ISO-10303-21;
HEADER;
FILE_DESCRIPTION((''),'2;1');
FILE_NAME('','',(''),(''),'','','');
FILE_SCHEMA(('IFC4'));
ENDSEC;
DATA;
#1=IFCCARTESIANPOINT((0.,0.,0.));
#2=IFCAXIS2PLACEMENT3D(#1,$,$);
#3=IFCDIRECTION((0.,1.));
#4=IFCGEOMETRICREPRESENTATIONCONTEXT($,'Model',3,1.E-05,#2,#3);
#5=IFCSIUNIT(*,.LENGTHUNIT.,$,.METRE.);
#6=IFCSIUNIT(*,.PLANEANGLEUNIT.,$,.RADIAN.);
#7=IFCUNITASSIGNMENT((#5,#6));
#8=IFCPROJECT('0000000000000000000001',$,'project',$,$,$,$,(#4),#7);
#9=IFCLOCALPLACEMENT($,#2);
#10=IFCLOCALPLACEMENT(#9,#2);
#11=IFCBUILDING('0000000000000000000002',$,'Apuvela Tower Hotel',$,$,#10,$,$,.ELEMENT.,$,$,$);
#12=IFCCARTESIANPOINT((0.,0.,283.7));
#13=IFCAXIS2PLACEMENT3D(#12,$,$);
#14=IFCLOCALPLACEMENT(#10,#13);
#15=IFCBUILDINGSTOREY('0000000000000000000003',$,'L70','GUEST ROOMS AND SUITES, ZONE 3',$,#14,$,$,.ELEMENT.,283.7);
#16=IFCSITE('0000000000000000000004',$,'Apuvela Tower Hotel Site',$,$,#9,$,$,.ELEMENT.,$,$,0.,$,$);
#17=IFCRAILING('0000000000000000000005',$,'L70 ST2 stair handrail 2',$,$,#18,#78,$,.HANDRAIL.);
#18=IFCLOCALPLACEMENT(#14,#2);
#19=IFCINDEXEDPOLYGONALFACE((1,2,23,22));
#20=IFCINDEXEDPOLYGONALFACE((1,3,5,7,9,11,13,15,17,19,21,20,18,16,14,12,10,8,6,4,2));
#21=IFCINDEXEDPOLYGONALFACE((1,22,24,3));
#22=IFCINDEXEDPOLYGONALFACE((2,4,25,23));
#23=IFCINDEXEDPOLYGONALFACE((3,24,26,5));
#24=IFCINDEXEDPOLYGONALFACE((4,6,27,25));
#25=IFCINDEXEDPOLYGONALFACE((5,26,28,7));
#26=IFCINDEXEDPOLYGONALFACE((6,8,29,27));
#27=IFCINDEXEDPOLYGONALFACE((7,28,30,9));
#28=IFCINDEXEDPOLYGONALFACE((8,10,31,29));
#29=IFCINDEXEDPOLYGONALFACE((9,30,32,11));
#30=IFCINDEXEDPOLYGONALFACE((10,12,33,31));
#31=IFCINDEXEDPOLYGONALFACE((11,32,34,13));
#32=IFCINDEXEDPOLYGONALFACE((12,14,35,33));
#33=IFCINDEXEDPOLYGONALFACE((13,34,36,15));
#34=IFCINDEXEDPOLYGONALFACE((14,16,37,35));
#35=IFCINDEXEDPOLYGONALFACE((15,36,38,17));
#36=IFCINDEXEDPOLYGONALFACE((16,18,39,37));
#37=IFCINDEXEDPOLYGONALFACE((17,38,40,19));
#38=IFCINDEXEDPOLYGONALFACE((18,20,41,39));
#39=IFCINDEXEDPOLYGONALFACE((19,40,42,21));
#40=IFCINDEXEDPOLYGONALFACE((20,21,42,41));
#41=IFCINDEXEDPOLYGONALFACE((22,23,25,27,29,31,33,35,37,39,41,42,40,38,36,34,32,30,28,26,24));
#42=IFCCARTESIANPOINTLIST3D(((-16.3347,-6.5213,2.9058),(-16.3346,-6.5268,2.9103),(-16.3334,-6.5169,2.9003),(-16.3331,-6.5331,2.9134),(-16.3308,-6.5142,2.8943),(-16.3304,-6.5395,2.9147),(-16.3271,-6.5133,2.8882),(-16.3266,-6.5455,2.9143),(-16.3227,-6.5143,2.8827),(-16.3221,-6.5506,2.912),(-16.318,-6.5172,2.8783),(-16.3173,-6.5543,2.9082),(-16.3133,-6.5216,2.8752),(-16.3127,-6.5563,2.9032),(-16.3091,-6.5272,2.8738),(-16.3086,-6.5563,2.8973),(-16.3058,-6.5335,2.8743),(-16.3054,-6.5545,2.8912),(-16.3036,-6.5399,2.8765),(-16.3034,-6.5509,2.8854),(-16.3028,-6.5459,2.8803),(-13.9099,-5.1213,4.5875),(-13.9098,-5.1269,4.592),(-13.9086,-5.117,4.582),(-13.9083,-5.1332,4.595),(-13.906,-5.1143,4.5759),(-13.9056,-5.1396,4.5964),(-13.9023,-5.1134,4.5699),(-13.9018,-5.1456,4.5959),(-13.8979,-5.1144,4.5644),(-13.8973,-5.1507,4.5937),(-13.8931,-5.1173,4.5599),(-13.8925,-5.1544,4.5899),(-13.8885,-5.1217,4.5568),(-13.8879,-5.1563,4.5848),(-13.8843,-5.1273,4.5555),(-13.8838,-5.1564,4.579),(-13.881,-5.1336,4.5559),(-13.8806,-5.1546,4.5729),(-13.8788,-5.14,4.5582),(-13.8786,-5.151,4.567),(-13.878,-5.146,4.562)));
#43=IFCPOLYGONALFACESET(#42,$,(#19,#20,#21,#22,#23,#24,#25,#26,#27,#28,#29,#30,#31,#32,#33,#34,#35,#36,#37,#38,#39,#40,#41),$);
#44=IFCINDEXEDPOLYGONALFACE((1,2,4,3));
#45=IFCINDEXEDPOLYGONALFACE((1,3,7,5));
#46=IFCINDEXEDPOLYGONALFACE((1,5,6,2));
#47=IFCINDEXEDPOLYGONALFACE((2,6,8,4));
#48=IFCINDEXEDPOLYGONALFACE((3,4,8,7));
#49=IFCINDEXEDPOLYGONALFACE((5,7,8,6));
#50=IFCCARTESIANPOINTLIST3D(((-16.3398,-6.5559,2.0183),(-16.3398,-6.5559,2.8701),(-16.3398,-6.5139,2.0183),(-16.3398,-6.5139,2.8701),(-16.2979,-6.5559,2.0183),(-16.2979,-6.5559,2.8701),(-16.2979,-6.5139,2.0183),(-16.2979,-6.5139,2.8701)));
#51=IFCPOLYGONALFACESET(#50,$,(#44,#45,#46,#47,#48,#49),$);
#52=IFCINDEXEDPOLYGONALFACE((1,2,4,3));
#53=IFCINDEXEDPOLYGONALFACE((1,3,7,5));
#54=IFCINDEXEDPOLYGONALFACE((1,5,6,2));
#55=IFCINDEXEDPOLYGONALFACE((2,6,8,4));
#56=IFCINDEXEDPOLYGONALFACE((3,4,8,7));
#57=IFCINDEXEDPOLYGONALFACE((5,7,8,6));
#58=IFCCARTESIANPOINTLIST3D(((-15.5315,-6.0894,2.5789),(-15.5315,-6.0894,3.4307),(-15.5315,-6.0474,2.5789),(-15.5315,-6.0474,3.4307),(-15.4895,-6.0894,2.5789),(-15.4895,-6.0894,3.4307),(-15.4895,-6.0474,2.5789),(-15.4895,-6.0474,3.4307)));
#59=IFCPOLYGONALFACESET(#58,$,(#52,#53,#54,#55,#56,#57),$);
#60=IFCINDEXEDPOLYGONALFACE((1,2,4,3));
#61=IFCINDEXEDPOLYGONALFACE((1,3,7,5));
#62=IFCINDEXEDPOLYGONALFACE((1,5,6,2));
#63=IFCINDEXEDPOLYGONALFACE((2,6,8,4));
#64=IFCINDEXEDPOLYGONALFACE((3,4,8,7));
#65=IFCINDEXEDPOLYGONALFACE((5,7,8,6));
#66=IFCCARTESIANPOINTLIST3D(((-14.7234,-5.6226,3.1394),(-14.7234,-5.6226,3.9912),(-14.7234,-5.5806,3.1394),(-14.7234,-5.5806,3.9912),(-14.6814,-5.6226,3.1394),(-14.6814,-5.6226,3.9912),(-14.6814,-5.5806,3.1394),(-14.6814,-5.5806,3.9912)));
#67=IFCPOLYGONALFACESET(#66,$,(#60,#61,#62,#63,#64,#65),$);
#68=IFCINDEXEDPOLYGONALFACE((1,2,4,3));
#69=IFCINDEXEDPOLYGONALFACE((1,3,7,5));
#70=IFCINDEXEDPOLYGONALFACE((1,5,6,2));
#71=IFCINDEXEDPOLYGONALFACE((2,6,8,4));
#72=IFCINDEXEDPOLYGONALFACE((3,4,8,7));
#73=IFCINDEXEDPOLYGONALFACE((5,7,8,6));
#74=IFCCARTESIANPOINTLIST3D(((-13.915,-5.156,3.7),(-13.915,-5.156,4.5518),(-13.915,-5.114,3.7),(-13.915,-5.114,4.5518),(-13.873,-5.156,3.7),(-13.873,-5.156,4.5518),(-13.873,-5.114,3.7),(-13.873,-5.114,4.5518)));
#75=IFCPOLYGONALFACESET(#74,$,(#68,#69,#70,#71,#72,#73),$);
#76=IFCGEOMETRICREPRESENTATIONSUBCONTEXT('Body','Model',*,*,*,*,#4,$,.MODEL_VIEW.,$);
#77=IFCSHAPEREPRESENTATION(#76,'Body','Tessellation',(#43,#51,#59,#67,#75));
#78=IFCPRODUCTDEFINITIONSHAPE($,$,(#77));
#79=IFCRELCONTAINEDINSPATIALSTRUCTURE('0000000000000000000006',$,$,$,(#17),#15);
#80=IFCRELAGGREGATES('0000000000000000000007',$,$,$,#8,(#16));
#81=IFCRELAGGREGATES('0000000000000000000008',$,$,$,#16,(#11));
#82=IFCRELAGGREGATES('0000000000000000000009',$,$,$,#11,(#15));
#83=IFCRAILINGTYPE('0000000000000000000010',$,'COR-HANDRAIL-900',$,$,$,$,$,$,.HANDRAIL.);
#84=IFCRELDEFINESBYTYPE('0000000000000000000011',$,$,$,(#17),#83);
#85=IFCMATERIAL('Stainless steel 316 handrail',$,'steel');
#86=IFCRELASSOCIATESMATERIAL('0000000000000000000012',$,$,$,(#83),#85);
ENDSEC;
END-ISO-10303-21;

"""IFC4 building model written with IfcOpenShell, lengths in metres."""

from ifc_helpers import new_model, si_unit, direction, frame, origin, origin_2d, place, context, subcontext, project, spatial, rectangle, circle, extrude, material, type_object, element, save


model = new_model("IFC4")

# Units and contexts
model_context = context("Model", 3, precision=1e-05, world=origin(), true_north=direction((0.0, 1.0)))
body_context = subcontext(model_context, "Body", "Model", "MODEL_VIEW")
ifc_project = project(units=[si_unit("LENGTHUNIT", "METRE"), si_unit("PLANEANGLEUNIT", "RADIAN")], contexts=[model_context])

# Site, building, storey
site_placement = place(None, origin())
site = spatial("IfcSite", under=ifc_project, at=site_placement, Name="Apuvela Tower Hotel Site", CompositionType="ELEMENT", RefElevation=0.0)
building_placement = place(site_placement, origin())
building = spatial("IfcBuilding", under=site, at=building_placement, Name="Apuvela Tower Hotel", CompositionType="ELEMENT")
storey_placement = place(building_placement, frame((0.0, 0.0, 283.7)))
storey = spatial("IfcBuildingStorey", under=building, at=storey_placement, Name="L70", Description="GUEST ROOMS AND SUITES, ZONE 3", CompositionType="ELEMENT", Elevation=283.7)

# Railing
ifc_material_1 = material(Name="Stainless steel 316 handrail", Category="steel")
railing_type_1 = type_object("IfcRailingType", Name="COR-HANDRAIL-900", PredefinedType="HANDRAIL", material=ifc_material_1)
railing_1_placement = place(storey_placement, frame((-16.3188, -6.5349, 2.0183)))
element("IfcRailing", 1, at=railing_1_placement, inside=storey, type_object=railing_type_1, Name="L70 ST2 stair handrail 2", PredefinedType="HANDRAIL", context=body_context, shape_type="SweptSolid", body=[
    extrude(circle(Radius=0.0239, at=origin_2d()), frame((0.0, 0.0, 0.876), z_axis=(0.742419, 0.428618, 0.514879), x_axis=(-0.499984, 0.866035, 0.0)), (0.0, 0.0, 1.0), 3.2661),
    extrude(rectangle(XDim=0.042, YDim=0.042, at=origin_2d()), origin(), (0.0, 0.0, 1.0), 0.8518),
    extrude(rectangle(XDim=0.042, YDim=0.042, at=origin_2d()), frame((0.8083, 0.4666, 0.5605)), (0.0, 0.0, 1.0), 0.8518),
    extrude(rectangle(XDim=0.042, YDim=0.042, at=origin_2d()), frame((1.6165, 0.9333, 1.1211)), (0.0, 0.0, 1.0), 0.8518),
    extrude(rectangle(XDim=0.042, YDim=0.042, at=origin_2d()), frame((2.4248, 1.3999, 1.6816)), (0.0, 0.0, 1.0), 0.8518),
])

save(model, "model.ifc")
